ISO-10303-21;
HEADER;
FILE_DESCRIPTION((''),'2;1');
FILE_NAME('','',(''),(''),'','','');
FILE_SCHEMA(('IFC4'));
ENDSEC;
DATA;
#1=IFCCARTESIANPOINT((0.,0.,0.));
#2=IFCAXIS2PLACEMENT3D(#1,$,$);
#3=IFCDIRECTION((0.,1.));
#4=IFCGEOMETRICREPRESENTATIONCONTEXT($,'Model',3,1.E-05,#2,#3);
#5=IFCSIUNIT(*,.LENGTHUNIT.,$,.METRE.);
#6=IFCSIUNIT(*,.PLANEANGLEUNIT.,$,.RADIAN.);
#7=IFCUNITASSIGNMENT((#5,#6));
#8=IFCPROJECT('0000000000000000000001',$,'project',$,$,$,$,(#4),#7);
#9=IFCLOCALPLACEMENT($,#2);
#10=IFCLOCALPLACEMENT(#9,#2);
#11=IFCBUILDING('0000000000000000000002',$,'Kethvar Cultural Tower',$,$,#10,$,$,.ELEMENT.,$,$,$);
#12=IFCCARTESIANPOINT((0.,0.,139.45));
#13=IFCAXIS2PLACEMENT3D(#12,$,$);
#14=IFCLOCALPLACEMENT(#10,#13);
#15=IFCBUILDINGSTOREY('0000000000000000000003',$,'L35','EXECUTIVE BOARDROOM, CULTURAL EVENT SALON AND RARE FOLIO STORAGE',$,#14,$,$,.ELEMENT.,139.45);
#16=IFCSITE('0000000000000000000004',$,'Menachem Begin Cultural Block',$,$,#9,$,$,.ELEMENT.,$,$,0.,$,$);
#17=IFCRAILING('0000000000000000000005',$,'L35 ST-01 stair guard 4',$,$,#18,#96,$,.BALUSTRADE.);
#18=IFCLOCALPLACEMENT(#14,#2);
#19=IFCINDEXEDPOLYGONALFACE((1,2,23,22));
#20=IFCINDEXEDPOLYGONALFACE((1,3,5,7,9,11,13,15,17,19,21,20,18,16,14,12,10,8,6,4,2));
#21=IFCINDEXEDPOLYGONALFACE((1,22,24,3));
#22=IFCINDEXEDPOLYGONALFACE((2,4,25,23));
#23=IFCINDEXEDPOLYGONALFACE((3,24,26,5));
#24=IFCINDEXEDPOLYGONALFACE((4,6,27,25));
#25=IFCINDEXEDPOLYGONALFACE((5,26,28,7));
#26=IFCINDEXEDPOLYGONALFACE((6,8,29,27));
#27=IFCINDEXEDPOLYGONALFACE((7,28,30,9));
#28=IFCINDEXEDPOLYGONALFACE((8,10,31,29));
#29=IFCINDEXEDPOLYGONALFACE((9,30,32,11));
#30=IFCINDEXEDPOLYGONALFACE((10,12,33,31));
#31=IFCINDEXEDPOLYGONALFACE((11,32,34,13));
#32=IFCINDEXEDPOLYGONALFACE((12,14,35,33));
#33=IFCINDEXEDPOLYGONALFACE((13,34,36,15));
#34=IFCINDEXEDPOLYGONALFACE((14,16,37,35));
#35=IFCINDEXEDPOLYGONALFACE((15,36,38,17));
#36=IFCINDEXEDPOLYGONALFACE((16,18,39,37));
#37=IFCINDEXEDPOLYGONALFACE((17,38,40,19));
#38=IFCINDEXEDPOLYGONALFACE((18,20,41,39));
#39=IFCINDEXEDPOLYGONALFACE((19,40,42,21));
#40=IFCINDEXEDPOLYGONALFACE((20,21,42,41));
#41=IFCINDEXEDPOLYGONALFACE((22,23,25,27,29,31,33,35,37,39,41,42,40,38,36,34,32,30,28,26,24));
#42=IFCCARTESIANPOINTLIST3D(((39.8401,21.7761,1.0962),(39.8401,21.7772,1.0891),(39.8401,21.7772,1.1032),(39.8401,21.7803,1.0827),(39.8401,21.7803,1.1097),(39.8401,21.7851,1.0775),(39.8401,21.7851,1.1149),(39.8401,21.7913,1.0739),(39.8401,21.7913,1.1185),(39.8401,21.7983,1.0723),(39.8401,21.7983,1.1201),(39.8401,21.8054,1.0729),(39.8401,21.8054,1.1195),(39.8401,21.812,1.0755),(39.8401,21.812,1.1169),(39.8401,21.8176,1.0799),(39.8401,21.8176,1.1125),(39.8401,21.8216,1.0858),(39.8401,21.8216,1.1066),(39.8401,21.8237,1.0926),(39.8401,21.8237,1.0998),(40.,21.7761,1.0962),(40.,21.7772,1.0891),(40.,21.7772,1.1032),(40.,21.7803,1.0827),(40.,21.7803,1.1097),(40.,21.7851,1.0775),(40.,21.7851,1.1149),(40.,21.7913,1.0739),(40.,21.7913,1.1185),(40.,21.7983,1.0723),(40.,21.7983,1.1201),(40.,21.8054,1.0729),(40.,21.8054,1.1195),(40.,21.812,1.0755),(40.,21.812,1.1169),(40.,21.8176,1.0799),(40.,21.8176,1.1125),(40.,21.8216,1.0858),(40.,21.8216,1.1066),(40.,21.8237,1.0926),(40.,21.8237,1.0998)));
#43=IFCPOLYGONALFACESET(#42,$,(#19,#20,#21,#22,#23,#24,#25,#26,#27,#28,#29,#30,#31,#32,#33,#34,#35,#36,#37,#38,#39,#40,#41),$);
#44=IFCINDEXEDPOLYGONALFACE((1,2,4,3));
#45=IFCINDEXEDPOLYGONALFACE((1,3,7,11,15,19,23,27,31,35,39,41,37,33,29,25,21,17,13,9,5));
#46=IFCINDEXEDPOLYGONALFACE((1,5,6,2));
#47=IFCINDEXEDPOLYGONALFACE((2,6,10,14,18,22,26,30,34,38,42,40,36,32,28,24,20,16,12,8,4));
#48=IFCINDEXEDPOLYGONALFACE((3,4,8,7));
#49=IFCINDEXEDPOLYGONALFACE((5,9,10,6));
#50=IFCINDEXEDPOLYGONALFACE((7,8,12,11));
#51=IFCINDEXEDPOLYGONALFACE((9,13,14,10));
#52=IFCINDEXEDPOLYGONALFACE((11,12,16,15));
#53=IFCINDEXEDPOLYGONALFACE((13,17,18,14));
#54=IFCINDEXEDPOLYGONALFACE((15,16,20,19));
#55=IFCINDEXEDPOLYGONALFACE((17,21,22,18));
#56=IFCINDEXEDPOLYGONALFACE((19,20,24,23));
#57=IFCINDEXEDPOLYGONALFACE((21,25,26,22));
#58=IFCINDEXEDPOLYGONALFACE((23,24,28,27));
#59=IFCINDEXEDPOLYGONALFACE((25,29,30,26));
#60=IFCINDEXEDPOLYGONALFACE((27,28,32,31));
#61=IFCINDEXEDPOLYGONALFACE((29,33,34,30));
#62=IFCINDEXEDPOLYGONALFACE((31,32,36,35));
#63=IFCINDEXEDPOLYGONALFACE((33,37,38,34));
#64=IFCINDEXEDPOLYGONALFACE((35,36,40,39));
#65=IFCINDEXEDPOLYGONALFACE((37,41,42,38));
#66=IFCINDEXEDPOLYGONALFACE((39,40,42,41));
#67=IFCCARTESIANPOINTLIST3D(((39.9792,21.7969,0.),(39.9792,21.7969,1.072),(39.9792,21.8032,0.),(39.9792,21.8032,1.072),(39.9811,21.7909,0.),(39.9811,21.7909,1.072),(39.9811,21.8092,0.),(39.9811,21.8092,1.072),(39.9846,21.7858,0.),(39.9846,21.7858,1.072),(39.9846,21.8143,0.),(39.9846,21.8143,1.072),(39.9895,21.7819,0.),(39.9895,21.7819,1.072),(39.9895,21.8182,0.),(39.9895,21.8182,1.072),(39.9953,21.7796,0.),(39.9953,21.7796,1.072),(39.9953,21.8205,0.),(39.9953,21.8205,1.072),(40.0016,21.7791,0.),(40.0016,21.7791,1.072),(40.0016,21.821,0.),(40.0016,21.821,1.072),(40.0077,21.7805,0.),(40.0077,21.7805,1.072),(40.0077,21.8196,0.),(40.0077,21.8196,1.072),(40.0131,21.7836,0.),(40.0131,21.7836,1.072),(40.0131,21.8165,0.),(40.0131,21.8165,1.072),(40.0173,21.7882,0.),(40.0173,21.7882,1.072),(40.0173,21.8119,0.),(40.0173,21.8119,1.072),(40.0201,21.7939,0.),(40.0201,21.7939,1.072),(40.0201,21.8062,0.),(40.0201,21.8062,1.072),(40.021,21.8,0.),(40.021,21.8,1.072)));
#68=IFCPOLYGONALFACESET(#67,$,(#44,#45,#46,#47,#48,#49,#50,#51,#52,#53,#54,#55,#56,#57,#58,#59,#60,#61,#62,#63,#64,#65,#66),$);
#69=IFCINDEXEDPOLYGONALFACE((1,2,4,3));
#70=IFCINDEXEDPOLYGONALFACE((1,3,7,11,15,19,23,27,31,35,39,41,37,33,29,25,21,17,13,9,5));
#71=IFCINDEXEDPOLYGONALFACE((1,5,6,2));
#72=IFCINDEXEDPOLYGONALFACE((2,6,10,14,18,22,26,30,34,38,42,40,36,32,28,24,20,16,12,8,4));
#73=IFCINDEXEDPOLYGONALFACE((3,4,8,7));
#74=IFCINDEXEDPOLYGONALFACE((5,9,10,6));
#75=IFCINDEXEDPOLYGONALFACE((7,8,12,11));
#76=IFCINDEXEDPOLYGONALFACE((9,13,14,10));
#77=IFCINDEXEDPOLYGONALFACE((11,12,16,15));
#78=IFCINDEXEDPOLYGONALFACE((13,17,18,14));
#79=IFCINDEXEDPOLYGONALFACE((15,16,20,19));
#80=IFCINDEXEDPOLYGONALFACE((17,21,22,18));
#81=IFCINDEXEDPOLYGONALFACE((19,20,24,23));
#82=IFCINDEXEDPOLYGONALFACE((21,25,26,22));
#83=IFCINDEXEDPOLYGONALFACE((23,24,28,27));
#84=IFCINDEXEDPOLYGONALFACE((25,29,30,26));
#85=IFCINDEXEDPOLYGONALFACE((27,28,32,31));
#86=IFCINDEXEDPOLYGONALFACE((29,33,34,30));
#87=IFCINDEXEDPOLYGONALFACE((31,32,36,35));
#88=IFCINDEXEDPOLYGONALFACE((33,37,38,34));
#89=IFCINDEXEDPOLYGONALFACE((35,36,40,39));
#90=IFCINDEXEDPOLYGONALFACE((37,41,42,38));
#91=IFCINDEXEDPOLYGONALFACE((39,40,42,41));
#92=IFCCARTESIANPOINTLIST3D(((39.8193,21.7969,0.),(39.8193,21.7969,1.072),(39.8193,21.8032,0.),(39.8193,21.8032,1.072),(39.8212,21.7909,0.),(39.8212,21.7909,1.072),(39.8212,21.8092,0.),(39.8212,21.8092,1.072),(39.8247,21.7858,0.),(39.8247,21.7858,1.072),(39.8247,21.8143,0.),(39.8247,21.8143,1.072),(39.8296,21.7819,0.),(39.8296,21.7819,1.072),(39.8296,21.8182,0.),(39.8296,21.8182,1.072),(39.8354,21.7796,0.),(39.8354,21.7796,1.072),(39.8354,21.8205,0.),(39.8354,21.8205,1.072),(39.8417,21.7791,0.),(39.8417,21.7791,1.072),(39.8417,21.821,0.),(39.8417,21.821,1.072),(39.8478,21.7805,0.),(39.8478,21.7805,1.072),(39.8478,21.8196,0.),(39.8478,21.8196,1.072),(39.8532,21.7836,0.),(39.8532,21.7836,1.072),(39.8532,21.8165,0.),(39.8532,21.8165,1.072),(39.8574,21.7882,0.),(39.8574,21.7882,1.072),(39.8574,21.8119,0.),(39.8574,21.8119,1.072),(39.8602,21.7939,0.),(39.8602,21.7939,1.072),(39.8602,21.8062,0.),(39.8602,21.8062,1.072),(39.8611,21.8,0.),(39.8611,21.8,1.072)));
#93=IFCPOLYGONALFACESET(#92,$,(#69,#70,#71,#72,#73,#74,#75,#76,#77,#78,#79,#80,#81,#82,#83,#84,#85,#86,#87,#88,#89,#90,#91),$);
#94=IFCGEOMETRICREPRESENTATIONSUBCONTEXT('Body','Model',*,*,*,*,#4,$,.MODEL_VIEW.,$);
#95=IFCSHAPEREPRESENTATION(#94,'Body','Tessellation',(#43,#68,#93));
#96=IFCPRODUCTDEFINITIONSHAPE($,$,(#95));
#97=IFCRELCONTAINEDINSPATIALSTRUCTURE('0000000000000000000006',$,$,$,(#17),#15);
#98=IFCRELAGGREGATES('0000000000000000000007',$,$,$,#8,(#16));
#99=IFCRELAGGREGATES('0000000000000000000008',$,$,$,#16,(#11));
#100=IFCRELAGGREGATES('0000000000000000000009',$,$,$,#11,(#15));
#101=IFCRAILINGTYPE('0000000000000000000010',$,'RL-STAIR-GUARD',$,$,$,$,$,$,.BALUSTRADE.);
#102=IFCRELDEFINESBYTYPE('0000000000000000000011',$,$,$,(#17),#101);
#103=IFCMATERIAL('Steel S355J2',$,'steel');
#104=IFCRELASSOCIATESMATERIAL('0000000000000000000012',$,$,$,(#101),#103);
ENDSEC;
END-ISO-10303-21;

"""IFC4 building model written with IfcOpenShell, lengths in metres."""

from ifc_helpers import new_model, si_unit, direction, frame, origin, origin_2d, place, context, subcontext, project, spatial, circle, extrude, material, type_object, element, save


model = new_model("IFC4")

# Units and contexts
model_context = context("Model", 3, precision=1e-05, world=origin(), true_north=direction((0.0, 1.0)))
body_context = subcontext(model_context, "Body", "Model", "MODEL_VIEW")
ifc_project = project(units=[si_unit("LENGTHUNIT", "METRE"), si_unit("PLANEANGLEUNIT", "RADIAN")], contexts=[model_context])

# Site, building, storey
site_placement = place(None, origin())
site = spatial("IfcSite", under=ifc_project, at=site_placement, Name="Menachem Begin Cultural Block", CompositionType="ELEMENT", RefElevation=0.0)
building_placement = place(site_placement, origin())
building = spatial("IfcBuilding", under=site, at=building_placement, Name="Kethvar Cultural Tower", CompositionType="ELEMENT")
storey_placement = place(building_placement, frame((0.0, 0.0, 139.45)))
storey = spatial("IfcBuildingStorey", under=building, at=storey_placement, Name="L35", Description="EXECUTIVE BOARDROOM, CULTURAL EVENT SALON AND RARE FOLIO STORAGE", CompositionType="ELEMENT", Elevation=139.45)

# Shared definitions
ifc_material_1 = material(Name="Steel S355J2", Category="steel")

# Railing
railing_type_1 = type_object("IfcRailingType", Name="RL-STAIR-GUARD", PredefinedType="BALUSTRADE", material=ifc_material_1)
railing_1_placement = place(storey_placement, frame((40.0, 21.8, 0.0)))
element("IfcRailing", 1, at=railing_1_placement, inside=storey, type_object=railing_type_1, Name="L35 ST-01 stair guard 4", PredefinedType="BALUSTRADE", context=body_context, shape_type="SweptSolid", body=[
    extrude(circle(Radius=0.0239, at=origin_2d()), frame((0.0, 0.0, 1.0962), z_axis=(-1.0, 0.0, 0.0), x_axis=(0.0, -1.0, 0.0)), (0.0, 0.0, 1.0), 0.1599),
    extrude(circle(Radius=0.021, at=origin_2d()), origin(), (0.0, 0.0, 1.0), 1.072),
    extrude(circle(Radius=0.021, at=origin_2d()), frame((-0.1599, 0.0, 0.0)), (0.0, 0.0, 1.0), 1.072),
])

save(model, "model.ifc")
